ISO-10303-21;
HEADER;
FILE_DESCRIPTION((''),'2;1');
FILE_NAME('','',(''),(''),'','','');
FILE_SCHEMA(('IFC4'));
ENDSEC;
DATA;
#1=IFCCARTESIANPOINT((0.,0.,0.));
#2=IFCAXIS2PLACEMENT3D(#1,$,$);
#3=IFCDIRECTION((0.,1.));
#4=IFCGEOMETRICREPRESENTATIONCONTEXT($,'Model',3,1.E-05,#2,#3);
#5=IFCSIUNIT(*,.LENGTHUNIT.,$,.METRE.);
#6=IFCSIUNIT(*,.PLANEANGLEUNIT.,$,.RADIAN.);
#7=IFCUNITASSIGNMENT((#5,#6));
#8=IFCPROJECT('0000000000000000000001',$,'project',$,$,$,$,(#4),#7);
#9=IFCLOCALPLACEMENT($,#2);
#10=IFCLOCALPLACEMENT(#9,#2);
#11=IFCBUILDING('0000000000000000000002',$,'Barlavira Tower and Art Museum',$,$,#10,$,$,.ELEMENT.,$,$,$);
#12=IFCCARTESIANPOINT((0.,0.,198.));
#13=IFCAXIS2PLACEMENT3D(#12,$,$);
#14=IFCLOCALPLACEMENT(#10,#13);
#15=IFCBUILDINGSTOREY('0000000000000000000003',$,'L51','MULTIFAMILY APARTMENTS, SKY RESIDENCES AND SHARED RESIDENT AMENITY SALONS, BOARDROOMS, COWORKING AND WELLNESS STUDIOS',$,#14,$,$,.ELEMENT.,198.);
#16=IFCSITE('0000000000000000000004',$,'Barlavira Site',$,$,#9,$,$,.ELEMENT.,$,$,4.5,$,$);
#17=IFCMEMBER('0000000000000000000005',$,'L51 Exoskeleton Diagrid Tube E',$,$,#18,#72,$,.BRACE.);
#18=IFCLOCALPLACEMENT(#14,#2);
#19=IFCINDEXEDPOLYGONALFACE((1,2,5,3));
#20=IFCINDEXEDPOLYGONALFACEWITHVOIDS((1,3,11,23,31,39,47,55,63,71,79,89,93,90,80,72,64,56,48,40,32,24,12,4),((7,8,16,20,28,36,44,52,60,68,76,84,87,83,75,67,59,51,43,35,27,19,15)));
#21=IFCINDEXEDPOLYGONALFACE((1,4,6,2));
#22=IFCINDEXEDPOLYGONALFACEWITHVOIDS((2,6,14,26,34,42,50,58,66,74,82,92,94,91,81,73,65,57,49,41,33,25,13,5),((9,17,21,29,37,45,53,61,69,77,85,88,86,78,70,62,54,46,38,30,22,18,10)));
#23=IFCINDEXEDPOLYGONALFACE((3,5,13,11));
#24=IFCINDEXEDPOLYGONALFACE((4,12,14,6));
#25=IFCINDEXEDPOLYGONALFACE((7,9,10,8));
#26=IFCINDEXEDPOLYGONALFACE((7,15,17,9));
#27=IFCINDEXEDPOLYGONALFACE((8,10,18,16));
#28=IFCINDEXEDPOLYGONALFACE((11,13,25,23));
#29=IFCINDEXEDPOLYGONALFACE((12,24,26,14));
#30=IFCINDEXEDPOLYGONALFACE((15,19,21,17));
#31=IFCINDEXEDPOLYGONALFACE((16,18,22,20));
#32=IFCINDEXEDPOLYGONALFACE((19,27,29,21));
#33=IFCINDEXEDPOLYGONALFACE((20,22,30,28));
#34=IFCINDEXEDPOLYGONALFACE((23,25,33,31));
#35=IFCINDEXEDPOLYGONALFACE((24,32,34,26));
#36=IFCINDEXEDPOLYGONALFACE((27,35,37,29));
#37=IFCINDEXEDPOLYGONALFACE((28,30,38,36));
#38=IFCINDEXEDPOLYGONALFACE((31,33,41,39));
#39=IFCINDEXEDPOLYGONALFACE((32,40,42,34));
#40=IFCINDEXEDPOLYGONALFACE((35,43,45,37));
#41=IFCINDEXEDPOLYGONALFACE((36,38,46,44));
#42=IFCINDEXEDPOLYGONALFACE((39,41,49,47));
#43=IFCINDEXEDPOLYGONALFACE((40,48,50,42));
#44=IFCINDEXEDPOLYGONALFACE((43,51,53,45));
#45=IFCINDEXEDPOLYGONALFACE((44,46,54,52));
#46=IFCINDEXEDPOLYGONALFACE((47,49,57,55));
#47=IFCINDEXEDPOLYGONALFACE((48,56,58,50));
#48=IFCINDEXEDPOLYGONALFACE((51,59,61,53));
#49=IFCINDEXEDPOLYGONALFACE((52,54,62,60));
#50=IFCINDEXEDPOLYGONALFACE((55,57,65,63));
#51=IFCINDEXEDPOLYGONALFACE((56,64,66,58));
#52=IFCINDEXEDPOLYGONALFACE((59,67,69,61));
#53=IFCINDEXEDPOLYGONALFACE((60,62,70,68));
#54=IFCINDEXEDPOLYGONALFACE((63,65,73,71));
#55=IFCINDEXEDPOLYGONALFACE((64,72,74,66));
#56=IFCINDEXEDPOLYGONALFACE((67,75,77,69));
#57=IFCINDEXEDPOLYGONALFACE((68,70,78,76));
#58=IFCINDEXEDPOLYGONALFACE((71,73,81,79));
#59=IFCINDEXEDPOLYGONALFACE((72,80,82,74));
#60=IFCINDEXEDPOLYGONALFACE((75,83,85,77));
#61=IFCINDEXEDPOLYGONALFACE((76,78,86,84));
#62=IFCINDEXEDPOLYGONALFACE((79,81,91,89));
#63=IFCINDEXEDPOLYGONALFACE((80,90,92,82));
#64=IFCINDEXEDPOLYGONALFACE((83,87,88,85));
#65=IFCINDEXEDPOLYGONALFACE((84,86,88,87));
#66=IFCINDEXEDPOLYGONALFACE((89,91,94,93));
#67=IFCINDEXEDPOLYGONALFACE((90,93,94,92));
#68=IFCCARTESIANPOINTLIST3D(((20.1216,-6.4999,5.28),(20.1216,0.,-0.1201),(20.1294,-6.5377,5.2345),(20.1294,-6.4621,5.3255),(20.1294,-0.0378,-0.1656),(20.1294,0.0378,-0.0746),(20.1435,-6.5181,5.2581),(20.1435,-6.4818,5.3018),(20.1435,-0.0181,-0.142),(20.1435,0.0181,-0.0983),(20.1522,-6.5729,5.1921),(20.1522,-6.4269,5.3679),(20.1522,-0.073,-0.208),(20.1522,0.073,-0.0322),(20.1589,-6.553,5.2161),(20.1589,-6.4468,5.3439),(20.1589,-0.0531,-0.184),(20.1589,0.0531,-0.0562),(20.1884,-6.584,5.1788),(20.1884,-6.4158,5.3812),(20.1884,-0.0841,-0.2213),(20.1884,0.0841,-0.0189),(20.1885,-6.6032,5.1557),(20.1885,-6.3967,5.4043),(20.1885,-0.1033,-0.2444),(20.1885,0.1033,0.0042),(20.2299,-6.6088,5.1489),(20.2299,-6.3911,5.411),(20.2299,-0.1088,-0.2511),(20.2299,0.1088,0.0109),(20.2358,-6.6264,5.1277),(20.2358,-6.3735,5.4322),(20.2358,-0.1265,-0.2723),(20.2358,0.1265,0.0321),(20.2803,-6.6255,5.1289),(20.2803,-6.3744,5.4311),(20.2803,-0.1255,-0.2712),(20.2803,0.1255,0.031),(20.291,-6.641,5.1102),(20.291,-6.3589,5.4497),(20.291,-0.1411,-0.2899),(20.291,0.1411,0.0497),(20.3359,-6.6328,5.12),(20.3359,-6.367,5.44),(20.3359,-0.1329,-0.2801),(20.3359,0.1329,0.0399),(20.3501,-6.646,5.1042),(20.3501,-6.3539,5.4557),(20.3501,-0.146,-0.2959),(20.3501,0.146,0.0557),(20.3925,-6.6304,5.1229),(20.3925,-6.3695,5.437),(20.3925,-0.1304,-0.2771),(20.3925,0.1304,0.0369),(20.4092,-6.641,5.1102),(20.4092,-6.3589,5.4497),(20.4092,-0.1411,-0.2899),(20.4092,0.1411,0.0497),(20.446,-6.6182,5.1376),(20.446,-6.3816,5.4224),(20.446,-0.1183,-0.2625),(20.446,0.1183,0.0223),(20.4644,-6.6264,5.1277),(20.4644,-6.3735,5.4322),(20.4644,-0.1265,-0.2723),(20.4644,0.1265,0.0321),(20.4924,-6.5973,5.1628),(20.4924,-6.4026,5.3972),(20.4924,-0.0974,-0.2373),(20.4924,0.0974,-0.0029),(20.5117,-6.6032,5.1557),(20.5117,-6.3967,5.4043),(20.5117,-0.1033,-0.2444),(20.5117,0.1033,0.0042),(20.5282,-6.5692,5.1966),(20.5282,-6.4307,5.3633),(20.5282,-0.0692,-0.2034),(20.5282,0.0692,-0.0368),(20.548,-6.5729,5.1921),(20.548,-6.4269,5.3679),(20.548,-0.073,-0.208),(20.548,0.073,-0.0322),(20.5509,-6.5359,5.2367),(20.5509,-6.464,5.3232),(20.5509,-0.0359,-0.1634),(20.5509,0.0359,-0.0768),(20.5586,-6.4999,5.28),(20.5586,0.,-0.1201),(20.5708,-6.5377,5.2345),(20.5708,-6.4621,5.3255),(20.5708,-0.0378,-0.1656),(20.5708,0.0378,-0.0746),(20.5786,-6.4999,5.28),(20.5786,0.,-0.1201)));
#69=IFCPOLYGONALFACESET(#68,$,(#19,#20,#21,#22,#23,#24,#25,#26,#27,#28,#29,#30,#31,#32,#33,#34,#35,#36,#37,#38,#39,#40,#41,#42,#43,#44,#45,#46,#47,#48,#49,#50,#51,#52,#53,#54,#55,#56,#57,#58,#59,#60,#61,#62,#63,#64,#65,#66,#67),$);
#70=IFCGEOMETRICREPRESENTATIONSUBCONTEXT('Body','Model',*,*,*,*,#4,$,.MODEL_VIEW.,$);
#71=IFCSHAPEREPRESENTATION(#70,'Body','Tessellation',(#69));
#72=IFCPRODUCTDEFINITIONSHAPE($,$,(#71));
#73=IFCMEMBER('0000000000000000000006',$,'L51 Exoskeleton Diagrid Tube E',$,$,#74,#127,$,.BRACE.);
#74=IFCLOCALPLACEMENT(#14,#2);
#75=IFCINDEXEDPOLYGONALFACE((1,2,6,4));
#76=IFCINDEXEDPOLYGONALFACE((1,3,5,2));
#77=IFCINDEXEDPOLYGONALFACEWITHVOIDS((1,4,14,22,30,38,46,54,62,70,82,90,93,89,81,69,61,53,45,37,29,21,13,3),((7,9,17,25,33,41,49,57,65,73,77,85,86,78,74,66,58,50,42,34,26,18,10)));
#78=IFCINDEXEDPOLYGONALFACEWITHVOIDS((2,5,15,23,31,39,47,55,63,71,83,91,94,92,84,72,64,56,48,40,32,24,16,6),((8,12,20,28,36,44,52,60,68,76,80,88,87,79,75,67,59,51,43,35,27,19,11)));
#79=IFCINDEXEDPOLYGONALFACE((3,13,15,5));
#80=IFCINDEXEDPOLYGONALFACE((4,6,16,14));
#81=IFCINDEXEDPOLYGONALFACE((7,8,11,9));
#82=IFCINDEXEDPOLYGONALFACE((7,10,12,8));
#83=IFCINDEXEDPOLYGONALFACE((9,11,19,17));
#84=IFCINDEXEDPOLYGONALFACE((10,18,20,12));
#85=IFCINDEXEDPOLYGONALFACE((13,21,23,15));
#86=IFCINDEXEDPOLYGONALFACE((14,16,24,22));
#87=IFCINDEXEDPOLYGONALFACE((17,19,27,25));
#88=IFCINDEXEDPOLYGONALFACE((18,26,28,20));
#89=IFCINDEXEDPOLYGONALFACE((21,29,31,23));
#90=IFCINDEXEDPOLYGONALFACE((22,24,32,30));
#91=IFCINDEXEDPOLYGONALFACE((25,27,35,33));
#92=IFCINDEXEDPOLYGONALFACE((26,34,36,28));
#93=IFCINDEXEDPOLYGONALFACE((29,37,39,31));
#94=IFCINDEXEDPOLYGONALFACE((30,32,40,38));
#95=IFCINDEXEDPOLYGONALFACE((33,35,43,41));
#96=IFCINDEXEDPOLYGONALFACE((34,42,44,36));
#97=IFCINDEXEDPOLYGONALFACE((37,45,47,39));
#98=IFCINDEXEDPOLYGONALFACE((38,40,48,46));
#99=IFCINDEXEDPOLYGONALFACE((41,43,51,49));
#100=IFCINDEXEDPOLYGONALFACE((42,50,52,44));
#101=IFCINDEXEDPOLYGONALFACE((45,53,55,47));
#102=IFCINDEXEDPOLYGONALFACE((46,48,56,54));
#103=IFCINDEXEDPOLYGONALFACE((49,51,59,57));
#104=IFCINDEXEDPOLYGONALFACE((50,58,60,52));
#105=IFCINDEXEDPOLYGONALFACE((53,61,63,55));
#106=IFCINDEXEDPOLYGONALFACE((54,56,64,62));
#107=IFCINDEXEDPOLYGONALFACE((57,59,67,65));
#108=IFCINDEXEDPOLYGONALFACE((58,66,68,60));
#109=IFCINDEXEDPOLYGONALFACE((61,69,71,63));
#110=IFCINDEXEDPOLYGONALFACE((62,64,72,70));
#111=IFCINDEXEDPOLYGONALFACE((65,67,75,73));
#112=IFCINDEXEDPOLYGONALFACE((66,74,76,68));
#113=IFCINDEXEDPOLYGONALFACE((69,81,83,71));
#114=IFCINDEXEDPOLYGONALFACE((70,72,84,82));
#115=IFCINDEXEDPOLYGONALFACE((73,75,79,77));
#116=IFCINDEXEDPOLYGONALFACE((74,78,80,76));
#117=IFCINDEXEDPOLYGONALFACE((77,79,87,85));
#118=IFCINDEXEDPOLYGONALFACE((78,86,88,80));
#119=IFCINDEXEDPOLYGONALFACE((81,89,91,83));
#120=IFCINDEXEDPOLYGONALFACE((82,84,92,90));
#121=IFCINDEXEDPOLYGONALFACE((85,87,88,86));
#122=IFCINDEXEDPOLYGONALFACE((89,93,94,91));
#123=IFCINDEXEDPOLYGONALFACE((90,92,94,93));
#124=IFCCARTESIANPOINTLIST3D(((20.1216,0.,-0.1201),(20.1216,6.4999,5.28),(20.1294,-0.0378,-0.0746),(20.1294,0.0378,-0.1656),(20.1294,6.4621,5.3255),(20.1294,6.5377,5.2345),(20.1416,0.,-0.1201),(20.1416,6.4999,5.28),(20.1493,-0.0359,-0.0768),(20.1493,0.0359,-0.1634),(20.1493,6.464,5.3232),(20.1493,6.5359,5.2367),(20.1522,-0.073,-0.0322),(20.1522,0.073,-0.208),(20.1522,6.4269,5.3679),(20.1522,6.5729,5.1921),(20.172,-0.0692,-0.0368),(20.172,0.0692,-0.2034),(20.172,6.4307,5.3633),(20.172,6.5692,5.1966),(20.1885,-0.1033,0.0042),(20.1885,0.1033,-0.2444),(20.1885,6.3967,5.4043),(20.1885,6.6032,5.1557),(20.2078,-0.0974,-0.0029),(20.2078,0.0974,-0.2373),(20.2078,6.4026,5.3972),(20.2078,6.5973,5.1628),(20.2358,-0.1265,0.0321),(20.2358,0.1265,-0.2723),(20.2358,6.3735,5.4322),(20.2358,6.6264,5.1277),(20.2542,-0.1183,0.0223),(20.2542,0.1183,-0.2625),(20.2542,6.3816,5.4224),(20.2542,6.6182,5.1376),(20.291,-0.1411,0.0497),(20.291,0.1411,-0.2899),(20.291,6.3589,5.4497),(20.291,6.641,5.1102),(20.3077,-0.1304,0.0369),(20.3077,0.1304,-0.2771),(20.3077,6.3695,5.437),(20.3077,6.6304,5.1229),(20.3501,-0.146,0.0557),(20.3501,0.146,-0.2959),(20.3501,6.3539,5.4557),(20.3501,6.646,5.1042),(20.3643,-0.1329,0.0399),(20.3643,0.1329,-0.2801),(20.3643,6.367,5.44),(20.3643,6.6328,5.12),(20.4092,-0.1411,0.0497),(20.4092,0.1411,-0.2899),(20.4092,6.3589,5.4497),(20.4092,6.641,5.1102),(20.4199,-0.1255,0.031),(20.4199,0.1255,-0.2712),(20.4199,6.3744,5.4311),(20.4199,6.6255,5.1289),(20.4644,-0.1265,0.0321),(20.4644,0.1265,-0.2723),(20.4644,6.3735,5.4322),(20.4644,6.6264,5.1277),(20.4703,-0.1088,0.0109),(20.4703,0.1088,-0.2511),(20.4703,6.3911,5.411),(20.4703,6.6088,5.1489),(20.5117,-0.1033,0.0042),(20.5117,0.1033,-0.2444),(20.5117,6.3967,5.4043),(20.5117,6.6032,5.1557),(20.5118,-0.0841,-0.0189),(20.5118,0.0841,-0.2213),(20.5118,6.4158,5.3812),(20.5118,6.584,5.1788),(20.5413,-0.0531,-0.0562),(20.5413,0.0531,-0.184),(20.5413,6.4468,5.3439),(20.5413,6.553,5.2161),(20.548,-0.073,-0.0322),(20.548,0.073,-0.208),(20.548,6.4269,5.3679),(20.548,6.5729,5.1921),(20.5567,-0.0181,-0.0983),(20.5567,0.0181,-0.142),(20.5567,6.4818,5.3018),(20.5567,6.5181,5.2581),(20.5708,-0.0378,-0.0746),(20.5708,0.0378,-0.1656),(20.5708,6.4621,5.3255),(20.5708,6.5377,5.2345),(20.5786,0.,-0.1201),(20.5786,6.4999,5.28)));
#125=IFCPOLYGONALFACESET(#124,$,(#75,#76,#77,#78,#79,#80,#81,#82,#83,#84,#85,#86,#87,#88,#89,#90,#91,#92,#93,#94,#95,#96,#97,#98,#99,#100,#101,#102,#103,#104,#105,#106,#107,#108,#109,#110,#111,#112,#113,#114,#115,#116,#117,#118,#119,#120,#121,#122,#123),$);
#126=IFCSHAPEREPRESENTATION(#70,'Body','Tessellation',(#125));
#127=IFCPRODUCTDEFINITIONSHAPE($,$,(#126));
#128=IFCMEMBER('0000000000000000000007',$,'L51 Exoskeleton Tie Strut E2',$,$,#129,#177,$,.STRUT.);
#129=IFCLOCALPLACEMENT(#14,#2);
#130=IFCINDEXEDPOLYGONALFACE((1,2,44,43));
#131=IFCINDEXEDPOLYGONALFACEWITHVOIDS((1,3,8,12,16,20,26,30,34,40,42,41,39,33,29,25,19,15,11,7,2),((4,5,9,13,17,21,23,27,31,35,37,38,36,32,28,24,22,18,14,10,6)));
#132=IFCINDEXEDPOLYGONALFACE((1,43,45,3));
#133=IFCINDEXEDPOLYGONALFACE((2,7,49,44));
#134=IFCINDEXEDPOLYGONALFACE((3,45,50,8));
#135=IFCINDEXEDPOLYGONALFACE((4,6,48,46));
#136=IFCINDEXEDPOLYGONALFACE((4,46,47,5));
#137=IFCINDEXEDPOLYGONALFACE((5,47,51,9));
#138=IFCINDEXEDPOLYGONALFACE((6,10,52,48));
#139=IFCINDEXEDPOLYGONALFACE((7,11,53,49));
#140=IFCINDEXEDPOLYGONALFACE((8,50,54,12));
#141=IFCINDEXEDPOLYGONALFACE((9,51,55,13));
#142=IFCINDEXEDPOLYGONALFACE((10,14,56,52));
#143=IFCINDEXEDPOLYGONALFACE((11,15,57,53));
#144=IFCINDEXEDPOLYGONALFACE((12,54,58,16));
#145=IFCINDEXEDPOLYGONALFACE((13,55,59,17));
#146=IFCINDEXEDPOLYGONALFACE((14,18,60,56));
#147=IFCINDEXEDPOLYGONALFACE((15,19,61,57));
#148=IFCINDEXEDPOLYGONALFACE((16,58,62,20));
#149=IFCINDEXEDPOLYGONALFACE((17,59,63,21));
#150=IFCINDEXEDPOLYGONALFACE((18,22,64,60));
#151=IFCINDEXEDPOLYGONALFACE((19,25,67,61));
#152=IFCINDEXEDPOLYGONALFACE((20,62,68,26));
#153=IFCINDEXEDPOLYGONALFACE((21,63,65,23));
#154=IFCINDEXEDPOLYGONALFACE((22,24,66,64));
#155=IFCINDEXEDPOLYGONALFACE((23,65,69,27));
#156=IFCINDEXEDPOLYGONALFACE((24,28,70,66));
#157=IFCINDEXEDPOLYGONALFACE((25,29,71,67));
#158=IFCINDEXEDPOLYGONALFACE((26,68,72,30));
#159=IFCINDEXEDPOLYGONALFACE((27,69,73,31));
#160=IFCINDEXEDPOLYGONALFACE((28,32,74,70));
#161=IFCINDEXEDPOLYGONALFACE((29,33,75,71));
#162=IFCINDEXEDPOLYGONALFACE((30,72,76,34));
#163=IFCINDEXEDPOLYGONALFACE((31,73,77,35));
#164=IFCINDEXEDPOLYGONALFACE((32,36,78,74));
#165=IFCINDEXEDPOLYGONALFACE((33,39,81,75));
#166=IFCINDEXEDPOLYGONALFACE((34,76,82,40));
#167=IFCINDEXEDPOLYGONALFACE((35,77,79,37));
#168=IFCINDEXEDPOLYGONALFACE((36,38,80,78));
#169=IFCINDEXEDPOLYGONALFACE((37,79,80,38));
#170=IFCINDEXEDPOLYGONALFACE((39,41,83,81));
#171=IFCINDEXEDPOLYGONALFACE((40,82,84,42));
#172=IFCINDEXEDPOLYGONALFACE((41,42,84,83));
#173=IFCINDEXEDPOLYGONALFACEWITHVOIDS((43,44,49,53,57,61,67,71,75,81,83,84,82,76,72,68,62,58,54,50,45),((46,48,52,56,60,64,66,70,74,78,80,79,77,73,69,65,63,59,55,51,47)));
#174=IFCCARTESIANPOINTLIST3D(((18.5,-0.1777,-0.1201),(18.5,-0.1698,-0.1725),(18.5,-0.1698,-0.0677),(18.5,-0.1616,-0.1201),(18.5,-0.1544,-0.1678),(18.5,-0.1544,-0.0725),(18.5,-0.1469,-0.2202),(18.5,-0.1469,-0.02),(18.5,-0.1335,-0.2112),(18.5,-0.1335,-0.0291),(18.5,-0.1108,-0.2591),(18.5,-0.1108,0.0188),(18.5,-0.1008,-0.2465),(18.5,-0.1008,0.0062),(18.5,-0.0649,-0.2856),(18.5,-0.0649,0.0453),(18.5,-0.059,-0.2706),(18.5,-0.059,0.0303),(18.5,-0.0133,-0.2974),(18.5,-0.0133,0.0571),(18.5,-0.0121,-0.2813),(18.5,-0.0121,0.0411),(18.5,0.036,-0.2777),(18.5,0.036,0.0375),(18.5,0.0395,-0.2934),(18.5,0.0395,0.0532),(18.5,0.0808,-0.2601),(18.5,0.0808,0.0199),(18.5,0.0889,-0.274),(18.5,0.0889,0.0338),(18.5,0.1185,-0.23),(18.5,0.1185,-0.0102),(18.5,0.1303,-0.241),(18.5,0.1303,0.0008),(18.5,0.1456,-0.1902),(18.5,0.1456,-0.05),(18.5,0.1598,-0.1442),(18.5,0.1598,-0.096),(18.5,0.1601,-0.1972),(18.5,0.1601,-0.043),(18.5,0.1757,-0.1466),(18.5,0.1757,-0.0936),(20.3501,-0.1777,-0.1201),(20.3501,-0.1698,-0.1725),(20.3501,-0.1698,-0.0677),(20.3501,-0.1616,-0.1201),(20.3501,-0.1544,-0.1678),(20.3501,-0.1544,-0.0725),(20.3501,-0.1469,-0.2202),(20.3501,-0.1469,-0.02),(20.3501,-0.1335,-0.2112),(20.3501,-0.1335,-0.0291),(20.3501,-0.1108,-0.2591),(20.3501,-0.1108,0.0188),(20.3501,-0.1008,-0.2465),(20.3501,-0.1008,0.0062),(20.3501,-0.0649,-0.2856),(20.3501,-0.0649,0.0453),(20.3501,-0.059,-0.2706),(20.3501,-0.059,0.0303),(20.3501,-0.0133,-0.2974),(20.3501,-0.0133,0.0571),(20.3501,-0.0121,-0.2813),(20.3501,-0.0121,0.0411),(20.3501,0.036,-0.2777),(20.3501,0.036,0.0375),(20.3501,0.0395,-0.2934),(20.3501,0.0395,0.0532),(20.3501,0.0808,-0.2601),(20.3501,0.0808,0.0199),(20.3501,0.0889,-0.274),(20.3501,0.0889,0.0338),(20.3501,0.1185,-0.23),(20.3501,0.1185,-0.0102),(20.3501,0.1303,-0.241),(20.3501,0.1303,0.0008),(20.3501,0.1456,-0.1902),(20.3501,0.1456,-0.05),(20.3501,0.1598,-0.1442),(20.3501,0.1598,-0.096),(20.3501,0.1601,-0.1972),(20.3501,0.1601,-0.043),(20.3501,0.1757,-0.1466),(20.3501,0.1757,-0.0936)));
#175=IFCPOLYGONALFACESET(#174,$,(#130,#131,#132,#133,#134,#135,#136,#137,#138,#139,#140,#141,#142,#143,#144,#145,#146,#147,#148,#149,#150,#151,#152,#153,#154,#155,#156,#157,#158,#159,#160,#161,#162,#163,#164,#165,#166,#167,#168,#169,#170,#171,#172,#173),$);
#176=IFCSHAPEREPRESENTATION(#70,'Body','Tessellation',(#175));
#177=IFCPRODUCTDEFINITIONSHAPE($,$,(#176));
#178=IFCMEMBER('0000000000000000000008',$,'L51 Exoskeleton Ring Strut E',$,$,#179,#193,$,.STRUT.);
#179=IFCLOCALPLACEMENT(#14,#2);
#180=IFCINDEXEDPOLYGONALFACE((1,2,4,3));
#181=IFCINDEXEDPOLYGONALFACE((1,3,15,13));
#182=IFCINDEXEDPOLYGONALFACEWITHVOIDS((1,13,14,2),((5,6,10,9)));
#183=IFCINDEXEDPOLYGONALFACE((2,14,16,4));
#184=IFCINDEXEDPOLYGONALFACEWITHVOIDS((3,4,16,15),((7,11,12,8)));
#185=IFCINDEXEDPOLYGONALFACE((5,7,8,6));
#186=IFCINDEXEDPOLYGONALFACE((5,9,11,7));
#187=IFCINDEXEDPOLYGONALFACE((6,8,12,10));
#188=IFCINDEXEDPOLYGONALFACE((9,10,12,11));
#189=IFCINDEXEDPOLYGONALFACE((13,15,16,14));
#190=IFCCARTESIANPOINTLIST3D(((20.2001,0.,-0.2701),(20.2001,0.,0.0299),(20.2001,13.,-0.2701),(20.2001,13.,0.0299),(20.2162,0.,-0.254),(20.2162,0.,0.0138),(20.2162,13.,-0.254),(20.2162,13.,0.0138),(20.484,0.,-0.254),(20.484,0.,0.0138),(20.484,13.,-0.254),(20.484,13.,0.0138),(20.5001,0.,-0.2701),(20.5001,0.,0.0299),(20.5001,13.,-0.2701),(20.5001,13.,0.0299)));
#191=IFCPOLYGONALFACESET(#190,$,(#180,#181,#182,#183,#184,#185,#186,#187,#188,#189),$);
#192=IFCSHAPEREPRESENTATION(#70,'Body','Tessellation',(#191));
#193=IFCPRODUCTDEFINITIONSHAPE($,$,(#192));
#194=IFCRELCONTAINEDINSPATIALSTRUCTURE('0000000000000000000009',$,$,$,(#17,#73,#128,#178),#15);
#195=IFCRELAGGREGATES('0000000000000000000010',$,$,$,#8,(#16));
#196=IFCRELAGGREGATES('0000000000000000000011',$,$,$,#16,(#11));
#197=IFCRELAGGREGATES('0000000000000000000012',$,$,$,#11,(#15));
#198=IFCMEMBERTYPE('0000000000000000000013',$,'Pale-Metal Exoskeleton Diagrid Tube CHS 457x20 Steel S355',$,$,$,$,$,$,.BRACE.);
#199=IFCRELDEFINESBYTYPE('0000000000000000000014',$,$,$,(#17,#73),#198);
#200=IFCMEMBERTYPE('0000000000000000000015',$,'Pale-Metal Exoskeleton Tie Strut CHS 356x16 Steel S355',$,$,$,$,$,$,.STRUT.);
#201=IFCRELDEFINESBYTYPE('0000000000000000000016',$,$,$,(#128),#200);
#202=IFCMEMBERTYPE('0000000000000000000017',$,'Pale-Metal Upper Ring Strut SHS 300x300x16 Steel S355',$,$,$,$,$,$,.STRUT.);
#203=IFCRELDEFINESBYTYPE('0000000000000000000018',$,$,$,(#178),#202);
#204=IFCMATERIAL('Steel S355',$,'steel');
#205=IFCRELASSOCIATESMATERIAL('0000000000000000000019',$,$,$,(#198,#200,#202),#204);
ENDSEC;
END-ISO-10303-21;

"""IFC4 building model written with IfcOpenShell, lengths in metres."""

from ifc_helpers import new_model, si_unit, direction, frame, origin, origin_2d, place, context, subcontext, project, spatial, hollow_rectangle, hollow_circle, extrude, material, material_profile, profile_set, type_object, element, save


model = new_model("IFC4")

# Units and contexts
model_context = context("Model", 3, precision=1e-05, world=origin(), true_north=direction((0.0, 1.0)))
body_context = subcontext(model_context, "Body", "Model", "MODEL_VIEW")
ifc_project = project(units=[si_unit("LENGTHUNIT", "METRE"), si_unit("PLANEANGLEUNIT", "RADIAN")], contexts=[model_context])

# Site, building, storey
site_placement = place(None, origin())
site = spatial("IfcSite", under=ifc_project, at=site_placement, Name="Barlavira Site", CompositionType="ELEMENT", RefElevation=4.5)
building_placement = place(site_placement, origin())
building = spatial("IfcBuilding", under=site, at=building_placement, Name="Barlavira Tower and Art Museum", CompositionType="ELEMENT")
storey_placement = place(building_placement, frame((0.0, 0.0, 198.0)))
storey = spatial("IfcBuildingStorey", under=building, at=storey_placement, Name="L51", Description="MULTIFAMILY APARTMENTS, SKY RESIDENCES AND SHARED RESIDENT AMENITY SALONS, BOARDROOMS, COWORKING AND WELLNESS STUDIOS", CompositionType="ELEMENT", Elevation=198.0)

# Members
ifc_material_1 = material(Name="Steel S355", Category="steel")
ifc_material_profile_1 = material_profile(ifc_material_1, hollow_circle(Radius=0.2285, WallThickness=0.02, at=origin_2d()), Name="CHS 457.0x20.0")
ifc_profile_set_1 = profile_set([ifc_material_profile_1], Name="Steel S355")
member_type_1 = type_object("IfcMemberType", Name="Pale-Metal Exoskeleton Diagrid Tube CHS 457x20 Steel S355", PredefinedType="BRACE", material=ifc_profile_set_1)
for number, where, z_axis, x_axis, name in (
    (1, (20.3501, 0.0, -0.1201), (0.0, -0.769182, 0.63903), (1.0, 0.0, 0.0), "L51 Exoskeleton Diagrid Tube E"),
    (2, (20.3501, 0.0, -0.1201), (0.0, 0.769182, 0.63903), (-1.0, 0.0, 0.0), "L51 Exoskeleton Diagrid Tube E"),
):
    element("IfcMember", number, at=place(storey_placement, frame(where, z_axis=z_axis, x_axis=x_axis)), inside=storey, type_object=member_type_1, Name=name, PredefinedType="BRACE", context=body_context, shape_type="SweptSolid", body=[
        extrude(hollow_circle(Radius=0.2285, WallThickness=0.02, at=origin_2d()), origin(), (0.0, 0.0, 1.0), 8.4504),
    ])
ifc_material_profile_2 = material_profile(ifc_material_1, hollow_circle(Radius=0.1777, WallThickness=0.0161, at=origin_2d()), Name="CHS 355.6x16.0")
ifc_profile_set_2 = profile_set([ifc_material_profile_2], Name="Steel S355")
member_type_2 = type_object("IfcMemberType", Name="Pale-Metal Exoskeleton Tie Strut CHS 356x16 Steel S355", PredefinedType="STRUT", material=ifc_profile_set_2)
member_1_placement = place(storey_placement, frame((20.3501, 0.0, -0.1201), z_axis=(-1.0, 0.0, 0.0), x_axis=(0.0, -1.0, 0.0)))
element("IfcMember", 3, at=member_1_placement, inside=storey, type_object=member_type_2, Name="L51 Exoskeleton Tie Strut E2", PredefinedType="STRUT", context=body_context, shape_type="SweptSolid", body=[
    extrude(hollow_circle(Radius=0.1777, WallThickness=0.0161, at=origin_2d()), origin(), (0.0, 0.0, 1.0), 1.8501),
])
ifc_material_profile_3 = material_profile(ifc_material_1, hollow_rectangle(XDim=0.3, YDim=0.3, WallThickness=0.0161, at=origin_2d()), Name="SHS 300x300x16.0")
ifc_profile_set_3 = profile_set([ifc_material_profile_3], Name="Steel S355")
member_type_3 = type_object("IfcMemberType", Name="Pale-Metal Upper Ring Strut SHS 300x300x16 Steel S355", PredefinedType="STRUT", material=ifc_profile_set_3)
member_2_placement = place(storey_placement, frame((20.3501, 0.0, -0.1201), z_axis=(0.0, 1.0, 0.0), x_axis=(-1.0, 0.0, 0.0)))
element("IfcMember", 4, at=member_2_placement, inside=storey, type_object=member_type_3, Name="L51 Exoskeleton Ring Strut E", PredefinedType="STRUT", context=body_context, shape_type="SweptSolid", body=[
    extrude(hollow_rectangle(XDim=0.3, YDim=0.3, WallThickness=0.0161, at=origin_2d()), origin(), (0.0, 0.0, 1.0), 13.0),
])

save(model, "model.ifc")
